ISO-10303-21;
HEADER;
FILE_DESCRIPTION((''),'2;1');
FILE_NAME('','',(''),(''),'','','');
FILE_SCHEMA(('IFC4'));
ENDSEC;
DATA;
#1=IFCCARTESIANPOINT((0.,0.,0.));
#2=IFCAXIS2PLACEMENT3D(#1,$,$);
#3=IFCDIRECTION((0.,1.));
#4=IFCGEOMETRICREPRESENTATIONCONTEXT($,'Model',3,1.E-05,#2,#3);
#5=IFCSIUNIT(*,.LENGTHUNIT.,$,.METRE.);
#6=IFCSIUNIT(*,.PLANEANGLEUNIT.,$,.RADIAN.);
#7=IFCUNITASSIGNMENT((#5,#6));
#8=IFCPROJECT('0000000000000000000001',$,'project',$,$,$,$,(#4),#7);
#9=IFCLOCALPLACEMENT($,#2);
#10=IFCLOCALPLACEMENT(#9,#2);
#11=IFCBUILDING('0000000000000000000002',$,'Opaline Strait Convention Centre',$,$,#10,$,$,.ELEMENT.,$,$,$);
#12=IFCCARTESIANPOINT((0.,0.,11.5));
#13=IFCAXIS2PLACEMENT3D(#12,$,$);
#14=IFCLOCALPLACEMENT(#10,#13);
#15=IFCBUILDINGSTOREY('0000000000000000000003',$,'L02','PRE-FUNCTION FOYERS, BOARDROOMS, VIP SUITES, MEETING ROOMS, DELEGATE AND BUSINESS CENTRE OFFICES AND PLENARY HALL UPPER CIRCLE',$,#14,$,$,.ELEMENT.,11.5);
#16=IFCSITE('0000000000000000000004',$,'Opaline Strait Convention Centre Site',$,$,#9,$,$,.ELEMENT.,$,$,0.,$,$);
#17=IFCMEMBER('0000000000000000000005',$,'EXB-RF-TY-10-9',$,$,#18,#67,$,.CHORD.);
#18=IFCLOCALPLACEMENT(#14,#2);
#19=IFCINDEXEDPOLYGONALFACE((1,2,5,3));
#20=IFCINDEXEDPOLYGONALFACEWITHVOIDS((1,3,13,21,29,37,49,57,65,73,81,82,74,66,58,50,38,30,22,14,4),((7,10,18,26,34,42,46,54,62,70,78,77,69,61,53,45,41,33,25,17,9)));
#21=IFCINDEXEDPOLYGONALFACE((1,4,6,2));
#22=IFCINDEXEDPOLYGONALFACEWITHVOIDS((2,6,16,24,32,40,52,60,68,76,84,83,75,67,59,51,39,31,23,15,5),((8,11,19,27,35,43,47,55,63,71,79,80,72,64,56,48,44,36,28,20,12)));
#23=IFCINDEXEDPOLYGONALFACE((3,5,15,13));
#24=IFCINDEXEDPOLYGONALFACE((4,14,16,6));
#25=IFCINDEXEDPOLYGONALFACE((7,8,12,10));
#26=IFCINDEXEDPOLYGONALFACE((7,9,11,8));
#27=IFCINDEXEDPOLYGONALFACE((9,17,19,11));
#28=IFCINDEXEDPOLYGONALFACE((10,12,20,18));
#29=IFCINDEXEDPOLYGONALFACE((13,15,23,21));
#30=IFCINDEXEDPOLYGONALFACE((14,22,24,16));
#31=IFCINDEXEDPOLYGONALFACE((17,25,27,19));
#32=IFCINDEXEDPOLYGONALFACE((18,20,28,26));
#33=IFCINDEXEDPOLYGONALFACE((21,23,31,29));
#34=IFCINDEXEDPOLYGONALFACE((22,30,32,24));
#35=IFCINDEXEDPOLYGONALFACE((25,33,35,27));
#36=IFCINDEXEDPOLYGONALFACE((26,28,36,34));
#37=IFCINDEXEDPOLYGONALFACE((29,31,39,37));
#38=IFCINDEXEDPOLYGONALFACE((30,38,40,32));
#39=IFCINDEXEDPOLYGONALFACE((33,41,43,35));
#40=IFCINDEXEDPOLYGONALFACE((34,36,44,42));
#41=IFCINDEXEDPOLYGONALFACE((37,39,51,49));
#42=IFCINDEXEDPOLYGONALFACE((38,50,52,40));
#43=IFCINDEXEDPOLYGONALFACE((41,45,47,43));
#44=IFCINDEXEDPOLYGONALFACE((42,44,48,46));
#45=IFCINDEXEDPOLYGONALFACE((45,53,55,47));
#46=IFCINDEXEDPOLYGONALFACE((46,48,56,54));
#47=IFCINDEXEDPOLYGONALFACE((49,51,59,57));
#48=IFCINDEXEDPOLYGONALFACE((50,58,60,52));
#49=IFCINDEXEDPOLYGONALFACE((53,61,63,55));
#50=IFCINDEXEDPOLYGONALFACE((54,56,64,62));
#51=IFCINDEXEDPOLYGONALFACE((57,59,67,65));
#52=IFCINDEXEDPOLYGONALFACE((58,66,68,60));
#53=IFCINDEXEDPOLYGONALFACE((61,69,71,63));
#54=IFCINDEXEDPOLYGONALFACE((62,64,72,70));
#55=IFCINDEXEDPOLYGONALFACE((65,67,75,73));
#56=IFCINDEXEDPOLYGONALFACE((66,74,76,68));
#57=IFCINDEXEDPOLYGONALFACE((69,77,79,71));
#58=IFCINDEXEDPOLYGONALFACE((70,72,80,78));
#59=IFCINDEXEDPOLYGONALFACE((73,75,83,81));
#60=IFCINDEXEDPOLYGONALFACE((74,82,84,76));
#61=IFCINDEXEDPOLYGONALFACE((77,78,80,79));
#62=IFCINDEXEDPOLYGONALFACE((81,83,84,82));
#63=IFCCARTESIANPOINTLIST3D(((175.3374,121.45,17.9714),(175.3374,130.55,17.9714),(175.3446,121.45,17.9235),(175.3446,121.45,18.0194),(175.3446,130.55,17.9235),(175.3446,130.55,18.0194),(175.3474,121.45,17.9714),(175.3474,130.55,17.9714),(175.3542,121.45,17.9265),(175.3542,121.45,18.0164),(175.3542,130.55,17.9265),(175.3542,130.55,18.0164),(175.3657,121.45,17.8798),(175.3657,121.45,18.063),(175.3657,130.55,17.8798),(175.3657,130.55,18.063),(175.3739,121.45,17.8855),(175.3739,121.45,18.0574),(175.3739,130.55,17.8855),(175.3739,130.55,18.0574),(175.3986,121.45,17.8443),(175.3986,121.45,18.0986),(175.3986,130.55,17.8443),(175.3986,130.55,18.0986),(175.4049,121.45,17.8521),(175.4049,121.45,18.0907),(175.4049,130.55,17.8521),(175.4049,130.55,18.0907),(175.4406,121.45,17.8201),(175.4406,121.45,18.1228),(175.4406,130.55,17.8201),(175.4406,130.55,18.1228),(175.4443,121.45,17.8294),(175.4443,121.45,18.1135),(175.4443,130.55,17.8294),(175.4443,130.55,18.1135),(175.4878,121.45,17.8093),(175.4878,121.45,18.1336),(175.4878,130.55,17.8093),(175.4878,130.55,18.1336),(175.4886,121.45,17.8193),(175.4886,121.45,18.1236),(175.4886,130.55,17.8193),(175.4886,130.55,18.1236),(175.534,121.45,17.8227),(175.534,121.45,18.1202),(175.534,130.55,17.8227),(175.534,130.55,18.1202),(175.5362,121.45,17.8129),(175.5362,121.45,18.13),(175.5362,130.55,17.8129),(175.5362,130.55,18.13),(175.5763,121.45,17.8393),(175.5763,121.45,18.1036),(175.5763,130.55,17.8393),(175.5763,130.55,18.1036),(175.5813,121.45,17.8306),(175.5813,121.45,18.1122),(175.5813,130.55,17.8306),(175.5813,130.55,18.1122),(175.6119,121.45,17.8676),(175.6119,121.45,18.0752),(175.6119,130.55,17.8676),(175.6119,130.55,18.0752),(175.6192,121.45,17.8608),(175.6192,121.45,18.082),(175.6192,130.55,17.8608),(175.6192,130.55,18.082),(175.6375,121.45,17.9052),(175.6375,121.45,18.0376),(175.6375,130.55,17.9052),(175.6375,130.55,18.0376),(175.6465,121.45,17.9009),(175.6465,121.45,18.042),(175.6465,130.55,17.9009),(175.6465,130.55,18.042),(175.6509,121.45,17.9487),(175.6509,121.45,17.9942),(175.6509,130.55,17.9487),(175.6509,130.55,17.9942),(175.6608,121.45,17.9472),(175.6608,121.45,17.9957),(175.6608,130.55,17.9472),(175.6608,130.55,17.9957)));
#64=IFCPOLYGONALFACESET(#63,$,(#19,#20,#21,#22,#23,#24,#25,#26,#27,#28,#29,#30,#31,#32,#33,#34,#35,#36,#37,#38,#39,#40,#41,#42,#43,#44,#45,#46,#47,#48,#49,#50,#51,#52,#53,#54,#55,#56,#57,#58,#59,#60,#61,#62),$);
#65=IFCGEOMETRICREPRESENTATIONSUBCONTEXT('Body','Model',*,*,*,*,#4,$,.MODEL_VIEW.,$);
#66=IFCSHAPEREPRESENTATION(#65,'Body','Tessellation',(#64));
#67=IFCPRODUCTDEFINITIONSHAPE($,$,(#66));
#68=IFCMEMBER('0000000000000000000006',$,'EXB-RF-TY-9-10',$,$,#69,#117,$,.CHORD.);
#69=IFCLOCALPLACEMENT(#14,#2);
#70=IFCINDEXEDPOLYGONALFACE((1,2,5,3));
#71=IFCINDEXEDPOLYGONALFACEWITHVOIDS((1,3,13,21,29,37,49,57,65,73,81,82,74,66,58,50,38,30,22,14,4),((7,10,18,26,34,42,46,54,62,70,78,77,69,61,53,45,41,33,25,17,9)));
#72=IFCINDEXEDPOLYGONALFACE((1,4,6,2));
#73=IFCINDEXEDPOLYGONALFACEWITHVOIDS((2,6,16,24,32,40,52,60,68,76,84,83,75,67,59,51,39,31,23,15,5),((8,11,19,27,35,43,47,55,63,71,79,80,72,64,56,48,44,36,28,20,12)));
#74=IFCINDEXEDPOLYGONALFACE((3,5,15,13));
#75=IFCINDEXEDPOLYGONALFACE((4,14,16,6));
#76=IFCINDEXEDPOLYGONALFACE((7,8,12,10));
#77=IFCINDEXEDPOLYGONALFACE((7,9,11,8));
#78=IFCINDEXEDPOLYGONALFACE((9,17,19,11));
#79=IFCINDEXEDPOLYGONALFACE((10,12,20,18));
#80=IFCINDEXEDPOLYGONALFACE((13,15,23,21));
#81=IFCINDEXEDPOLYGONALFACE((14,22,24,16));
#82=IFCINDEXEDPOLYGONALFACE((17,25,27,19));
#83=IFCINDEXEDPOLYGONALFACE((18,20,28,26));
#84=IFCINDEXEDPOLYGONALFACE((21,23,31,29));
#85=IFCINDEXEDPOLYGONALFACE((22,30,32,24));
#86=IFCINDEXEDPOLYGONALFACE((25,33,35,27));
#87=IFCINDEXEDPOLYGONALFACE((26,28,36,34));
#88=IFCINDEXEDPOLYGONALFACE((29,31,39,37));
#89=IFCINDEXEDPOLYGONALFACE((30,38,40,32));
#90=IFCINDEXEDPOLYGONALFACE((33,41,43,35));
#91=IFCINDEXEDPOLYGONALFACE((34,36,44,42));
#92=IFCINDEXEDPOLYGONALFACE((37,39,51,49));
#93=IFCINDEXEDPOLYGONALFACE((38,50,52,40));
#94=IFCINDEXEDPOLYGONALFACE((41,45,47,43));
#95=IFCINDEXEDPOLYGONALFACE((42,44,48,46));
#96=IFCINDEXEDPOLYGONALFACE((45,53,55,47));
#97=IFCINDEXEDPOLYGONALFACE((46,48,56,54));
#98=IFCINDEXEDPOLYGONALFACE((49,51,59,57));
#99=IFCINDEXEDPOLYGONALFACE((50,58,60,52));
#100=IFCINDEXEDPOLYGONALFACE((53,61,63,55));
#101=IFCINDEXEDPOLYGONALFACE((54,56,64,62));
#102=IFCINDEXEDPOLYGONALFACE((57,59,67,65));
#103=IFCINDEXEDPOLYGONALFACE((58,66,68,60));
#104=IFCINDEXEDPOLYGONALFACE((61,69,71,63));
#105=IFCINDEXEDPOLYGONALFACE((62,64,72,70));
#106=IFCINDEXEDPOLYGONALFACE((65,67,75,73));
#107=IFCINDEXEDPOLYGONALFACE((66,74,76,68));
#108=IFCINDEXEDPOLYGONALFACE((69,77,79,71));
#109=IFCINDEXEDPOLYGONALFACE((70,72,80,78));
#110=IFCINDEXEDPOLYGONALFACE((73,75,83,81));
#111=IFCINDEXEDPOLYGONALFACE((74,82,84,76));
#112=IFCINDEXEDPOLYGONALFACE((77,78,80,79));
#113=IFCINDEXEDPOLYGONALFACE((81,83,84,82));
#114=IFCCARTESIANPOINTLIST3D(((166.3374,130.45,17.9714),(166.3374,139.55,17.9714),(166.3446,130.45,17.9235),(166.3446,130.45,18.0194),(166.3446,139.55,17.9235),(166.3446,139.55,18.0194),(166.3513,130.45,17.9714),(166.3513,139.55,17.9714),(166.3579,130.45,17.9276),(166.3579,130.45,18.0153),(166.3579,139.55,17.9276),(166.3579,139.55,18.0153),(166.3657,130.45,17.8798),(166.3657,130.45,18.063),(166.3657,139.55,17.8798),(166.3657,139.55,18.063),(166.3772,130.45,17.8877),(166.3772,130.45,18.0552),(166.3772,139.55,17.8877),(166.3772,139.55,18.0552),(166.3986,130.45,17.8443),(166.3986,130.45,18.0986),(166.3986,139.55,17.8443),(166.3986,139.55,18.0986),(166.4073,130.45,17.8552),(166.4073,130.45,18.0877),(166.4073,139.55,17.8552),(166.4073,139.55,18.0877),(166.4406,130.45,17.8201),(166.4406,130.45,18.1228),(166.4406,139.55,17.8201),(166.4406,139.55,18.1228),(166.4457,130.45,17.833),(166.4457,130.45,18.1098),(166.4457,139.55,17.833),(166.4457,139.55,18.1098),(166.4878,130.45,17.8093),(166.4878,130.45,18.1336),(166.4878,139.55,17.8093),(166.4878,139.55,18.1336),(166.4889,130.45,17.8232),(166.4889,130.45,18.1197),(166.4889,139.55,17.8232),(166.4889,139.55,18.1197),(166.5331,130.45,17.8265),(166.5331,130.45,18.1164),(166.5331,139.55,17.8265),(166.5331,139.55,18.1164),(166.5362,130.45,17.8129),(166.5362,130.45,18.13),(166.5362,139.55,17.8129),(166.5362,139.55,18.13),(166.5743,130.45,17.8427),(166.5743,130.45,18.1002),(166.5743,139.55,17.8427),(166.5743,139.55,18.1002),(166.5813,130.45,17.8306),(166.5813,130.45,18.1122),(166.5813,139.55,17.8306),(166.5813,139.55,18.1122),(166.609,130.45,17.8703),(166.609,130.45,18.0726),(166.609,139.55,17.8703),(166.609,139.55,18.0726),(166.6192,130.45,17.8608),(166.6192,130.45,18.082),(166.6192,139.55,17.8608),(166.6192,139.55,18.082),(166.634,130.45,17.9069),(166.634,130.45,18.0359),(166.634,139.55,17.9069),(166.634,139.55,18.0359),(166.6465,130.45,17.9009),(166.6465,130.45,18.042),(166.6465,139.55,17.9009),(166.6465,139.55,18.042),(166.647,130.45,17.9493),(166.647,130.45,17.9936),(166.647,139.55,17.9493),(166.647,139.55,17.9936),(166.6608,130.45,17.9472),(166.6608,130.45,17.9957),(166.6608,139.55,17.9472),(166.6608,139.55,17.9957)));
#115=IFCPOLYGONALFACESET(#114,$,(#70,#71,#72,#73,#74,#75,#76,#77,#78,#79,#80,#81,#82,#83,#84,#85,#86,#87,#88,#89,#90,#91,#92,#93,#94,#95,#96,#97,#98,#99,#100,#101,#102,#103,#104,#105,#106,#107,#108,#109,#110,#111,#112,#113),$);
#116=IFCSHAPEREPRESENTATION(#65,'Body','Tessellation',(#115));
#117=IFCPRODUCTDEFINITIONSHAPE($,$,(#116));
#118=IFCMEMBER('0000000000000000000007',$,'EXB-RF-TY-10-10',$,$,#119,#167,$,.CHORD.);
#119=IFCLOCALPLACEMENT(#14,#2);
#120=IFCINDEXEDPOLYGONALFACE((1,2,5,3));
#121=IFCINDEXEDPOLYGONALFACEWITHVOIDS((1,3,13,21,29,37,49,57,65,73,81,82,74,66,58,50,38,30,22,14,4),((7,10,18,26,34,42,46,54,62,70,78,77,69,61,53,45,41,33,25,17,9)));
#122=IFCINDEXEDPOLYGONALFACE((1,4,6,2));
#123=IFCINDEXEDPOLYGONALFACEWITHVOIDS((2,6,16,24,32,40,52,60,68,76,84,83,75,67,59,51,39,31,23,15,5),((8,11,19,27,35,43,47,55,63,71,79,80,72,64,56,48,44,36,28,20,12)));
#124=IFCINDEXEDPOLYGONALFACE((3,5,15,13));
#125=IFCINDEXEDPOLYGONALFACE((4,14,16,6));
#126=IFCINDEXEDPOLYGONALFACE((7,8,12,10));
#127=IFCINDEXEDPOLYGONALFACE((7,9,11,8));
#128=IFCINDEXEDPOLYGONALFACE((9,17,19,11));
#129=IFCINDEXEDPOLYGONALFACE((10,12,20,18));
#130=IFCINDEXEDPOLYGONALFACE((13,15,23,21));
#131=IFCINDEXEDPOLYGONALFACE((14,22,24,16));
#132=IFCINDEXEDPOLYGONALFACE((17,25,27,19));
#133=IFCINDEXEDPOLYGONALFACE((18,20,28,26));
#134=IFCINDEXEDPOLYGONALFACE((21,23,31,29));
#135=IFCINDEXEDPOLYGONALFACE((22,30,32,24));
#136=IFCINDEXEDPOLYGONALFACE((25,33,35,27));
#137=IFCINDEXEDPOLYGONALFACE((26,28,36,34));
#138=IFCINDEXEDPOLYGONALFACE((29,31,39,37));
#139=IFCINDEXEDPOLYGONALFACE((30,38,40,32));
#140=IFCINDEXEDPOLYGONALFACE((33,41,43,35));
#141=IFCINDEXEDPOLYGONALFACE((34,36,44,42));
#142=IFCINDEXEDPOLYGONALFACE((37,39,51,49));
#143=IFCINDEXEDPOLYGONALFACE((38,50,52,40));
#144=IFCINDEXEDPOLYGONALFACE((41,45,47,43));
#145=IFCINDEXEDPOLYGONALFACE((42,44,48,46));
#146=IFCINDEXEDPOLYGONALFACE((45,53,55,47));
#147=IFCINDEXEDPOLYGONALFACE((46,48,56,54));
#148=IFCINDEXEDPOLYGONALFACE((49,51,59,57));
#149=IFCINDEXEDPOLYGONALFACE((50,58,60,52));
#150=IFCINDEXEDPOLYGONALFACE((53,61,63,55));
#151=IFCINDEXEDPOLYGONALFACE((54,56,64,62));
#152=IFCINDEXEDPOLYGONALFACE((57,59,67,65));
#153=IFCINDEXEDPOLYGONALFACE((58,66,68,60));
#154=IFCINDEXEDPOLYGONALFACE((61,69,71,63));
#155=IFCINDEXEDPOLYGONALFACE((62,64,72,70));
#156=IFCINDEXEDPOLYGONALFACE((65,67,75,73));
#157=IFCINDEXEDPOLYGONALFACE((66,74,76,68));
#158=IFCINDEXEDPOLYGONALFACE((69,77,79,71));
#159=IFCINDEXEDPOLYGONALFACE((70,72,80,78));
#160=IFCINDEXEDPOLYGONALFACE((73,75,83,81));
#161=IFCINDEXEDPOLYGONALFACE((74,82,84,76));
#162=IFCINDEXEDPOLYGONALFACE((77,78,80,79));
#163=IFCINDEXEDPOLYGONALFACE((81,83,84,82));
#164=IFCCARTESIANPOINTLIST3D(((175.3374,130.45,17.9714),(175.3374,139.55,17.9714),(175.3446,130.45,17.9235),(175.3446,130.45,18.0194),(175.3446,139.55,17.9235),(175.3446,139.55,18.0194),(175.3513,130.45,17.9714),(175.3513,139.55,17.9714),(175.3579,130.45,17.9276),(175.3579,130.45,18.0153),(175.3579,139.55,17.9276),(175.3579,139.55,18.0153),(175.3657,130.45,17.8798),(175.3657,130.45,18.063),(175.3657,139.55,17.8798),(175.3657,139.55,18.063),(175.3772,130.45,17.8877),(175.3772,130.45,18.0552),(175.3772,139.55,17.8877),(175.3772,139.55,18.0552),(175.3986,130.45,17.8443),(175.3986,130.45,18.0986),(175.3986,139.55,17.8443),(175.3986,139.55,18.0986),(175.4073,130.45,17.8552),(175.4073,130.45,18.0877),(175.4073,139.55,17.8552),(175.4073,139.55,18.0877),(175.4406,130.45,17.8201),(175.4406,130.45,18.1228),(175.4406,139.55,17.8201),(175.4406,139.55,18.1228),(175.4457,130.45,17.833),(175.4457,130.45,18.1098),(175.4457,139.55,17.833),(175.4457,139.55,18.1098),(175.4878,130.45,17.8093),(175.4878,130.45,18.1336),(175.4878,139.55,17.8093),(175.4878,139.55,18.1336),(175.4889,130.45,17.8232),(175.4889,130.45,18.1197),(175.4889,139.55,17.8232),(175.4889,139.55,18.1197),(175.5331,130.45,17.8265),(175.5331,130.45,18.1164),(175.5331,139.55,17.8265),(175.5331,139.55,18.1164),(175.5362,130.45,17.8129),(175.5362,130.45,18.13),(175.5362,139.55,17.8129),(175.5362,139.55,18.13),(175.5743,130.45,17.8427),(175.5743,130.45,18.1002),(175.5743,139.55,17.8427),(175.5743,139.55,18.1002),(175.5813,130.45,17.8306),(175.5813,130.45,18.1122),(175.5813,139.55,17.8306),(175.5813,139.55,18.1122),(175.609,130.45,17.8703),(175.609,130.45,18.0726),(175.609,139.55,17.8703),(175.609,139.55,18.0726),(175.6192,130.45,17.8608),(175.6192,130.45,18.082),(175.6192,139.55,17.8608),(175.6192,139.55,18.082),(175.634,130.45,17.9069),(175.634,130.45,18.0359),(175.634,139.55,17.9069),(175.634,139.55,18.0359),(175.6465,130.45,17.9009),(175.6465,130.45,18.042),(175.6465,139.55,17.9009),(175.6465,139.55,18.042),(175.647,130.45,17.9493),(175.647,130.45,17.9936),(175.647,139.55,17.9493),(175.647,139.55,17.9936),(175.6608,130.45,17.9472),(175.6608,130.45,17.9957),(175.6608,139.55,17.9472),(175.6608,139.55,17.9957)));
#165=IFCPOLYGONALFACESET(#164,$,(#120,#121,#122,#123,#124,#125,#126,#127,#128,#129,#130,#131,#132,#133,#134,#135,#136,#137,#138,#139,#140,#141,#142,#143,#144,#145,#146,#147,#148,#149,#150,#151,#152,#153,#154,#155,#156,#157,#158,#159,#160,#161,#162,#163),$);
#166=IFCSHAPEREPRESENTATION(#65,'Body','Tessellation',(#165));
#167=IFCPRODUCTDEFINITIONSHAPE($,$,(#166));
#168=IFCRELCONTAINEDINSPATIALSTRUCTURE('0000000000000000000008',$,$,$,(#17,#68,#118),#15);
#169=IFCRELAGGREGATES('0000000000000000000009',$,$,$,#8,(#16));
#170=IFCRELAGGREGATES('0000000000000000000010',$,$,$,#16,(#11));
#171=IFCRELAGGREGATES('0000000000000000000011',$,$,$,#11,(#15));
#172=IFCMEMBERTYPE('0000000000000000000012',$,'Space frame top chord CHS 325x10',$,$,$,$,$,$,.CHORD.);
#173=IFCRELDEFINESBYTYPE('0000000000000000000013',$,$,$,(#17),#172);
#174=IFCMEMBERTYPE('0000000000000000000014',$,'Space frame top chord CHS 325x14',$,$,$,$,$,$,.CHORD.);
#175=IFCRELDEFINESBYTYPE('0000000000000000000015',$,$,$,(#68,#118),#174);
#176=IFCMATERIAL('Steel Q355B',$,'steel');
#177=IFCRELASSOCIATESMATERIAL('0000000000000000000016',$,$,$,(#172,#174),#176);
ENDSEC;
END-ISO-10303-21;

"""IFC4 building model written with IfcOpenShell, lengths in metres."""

from ifc_helpers import new_model, si_unit, direction, frame, origin, origin_2d, place, context, subcontext, project, spatial, hollow_circle, extrude, material, material_profile, profile_set, type_object, element, save


model = new_model("IFC4")

# Units and contexts
model_context = context("Model", 3, precision=1e-05, world=origin(), true_north=direction((0.0, 1.0)))
body_context = subcontext(model_context, "Body", "Model", "MODEL_VIEW")
ifc_project = project(units=[si_unit("LENGTHUNIT", "METRE"), si_unit("PLANEANGLEUNIT", "RADIAN")], contexts=[model_context])

# Site, building, storey
site_placement = place(None, origin())
site = spatial("IfcSite", under=ifc_project, at=site_placement, Name="Opaline Strait Convention Centre Site", CompositionType="ELEMENT", RefElevation=0.0)
building_placement = place(site_placement, origin())
building = spatial("IfcBuilding", under=site, at=building_placement, Name="Opaline Strait Convention Centre", CompositionType="ELEMENT")
storey_placement = place(building_placement, frame((0.0, 0.0, 11.5)))
storey = spatial("IfcBuildingStorey", under=building, at=storey_placement, Name="L02", Description="PRE-FUNCTION FOYERS, BOARDROOMS, VIP SUITES, MEETING ROOMS, DELEGATE AND BUSINESS CENTRE OFFICES AND PLENARY HALL UPPER CIRCLE", CompositionType="ELEMENT", Elevation=11.5)

# Members
ifc_material = material(Name="Steel Q355B", Category="steel")
ifc_material_profile_1 = material_profile(ifc_material, hollow_circle(Radius=0.1626, WallThickness=0.01, at=origin_2d()), Name="CHS 325x10")
ifc_profile_set_1 = profile_set([ifc_material_profile_1], Name="Steel Q355B")
member_type_1 = type_object("IfcMemberType", Name="Space frame top chord CHS 325x10", PredefinedType="CHORD", material=ifc_profile_set_1)
for number, where, z_axis, x_axis, name in (
    (1, (175.5, 121.45, 17.9714), (0.0, 1.0, 0.0), (-1.0, 0.0, 0.0), "EXB-RF-TY-10-9"),
):
    element("IfcMember", number, at=place(storey_placement, frame(where, z_axis=z_axis, x_axis=x_axis)), inside=storey, type_object=member_type_1, Name=name, PredefinedType="CHORD", context=body_context, shape_type="SweptSolid", body=[
        extrude(hollow_circle(Radius=0.1626, WallThickness=0.01, at=origin_2d()), origin(), (0.0, 0.0, 1.0), 9.1001),
    ])
ifc_material_profile_2 = material_profile(ifc_material, hollow_circle(Radius=0.1626, WallThickness=0.0139, at=origin_2d()), Name="CHS 325x14")
ifc_profile_set_2 = profile_set([ifc_material_profile_2], Name="Steel Q355B")
member_type_2 = type_object("IfcMemberType", Name="Space frame top chord CHS 325x14", PredefinedType="CHORD", material=ifc_profile_set_2)
for number, where, z_axis, x_axis, name in (
    (2, (166.5, 130.45, 17.9714), (0.0, 1.0, 0.0), (-1.0, 0.0, 0.0), "EXB-RF-TY-9-10"),
    (3, (175.5, 130.45, 17.9714), (0.0, 1.0, 0.0), (-1.0, 0.0, 0.0), "EXB-RF-TY-10-10"),
):
    element("IfcMember", number, at=place(storey_placement, frame(where, z_axis=z_axis, x_axis=x_axis)), inside=storey, type_object=member_type_2, Name=name, PredefinedType="CHORD", context=body_context, shape_type="SweptSolid", body=[
        extrude(hollow_circle(Radius=0.1626, WallThickness=0.0139, at=origin_2d()), origin(), (0.0, 0.0, 1.0), 9.1001),
    ])

save(model, "model.ifc")
